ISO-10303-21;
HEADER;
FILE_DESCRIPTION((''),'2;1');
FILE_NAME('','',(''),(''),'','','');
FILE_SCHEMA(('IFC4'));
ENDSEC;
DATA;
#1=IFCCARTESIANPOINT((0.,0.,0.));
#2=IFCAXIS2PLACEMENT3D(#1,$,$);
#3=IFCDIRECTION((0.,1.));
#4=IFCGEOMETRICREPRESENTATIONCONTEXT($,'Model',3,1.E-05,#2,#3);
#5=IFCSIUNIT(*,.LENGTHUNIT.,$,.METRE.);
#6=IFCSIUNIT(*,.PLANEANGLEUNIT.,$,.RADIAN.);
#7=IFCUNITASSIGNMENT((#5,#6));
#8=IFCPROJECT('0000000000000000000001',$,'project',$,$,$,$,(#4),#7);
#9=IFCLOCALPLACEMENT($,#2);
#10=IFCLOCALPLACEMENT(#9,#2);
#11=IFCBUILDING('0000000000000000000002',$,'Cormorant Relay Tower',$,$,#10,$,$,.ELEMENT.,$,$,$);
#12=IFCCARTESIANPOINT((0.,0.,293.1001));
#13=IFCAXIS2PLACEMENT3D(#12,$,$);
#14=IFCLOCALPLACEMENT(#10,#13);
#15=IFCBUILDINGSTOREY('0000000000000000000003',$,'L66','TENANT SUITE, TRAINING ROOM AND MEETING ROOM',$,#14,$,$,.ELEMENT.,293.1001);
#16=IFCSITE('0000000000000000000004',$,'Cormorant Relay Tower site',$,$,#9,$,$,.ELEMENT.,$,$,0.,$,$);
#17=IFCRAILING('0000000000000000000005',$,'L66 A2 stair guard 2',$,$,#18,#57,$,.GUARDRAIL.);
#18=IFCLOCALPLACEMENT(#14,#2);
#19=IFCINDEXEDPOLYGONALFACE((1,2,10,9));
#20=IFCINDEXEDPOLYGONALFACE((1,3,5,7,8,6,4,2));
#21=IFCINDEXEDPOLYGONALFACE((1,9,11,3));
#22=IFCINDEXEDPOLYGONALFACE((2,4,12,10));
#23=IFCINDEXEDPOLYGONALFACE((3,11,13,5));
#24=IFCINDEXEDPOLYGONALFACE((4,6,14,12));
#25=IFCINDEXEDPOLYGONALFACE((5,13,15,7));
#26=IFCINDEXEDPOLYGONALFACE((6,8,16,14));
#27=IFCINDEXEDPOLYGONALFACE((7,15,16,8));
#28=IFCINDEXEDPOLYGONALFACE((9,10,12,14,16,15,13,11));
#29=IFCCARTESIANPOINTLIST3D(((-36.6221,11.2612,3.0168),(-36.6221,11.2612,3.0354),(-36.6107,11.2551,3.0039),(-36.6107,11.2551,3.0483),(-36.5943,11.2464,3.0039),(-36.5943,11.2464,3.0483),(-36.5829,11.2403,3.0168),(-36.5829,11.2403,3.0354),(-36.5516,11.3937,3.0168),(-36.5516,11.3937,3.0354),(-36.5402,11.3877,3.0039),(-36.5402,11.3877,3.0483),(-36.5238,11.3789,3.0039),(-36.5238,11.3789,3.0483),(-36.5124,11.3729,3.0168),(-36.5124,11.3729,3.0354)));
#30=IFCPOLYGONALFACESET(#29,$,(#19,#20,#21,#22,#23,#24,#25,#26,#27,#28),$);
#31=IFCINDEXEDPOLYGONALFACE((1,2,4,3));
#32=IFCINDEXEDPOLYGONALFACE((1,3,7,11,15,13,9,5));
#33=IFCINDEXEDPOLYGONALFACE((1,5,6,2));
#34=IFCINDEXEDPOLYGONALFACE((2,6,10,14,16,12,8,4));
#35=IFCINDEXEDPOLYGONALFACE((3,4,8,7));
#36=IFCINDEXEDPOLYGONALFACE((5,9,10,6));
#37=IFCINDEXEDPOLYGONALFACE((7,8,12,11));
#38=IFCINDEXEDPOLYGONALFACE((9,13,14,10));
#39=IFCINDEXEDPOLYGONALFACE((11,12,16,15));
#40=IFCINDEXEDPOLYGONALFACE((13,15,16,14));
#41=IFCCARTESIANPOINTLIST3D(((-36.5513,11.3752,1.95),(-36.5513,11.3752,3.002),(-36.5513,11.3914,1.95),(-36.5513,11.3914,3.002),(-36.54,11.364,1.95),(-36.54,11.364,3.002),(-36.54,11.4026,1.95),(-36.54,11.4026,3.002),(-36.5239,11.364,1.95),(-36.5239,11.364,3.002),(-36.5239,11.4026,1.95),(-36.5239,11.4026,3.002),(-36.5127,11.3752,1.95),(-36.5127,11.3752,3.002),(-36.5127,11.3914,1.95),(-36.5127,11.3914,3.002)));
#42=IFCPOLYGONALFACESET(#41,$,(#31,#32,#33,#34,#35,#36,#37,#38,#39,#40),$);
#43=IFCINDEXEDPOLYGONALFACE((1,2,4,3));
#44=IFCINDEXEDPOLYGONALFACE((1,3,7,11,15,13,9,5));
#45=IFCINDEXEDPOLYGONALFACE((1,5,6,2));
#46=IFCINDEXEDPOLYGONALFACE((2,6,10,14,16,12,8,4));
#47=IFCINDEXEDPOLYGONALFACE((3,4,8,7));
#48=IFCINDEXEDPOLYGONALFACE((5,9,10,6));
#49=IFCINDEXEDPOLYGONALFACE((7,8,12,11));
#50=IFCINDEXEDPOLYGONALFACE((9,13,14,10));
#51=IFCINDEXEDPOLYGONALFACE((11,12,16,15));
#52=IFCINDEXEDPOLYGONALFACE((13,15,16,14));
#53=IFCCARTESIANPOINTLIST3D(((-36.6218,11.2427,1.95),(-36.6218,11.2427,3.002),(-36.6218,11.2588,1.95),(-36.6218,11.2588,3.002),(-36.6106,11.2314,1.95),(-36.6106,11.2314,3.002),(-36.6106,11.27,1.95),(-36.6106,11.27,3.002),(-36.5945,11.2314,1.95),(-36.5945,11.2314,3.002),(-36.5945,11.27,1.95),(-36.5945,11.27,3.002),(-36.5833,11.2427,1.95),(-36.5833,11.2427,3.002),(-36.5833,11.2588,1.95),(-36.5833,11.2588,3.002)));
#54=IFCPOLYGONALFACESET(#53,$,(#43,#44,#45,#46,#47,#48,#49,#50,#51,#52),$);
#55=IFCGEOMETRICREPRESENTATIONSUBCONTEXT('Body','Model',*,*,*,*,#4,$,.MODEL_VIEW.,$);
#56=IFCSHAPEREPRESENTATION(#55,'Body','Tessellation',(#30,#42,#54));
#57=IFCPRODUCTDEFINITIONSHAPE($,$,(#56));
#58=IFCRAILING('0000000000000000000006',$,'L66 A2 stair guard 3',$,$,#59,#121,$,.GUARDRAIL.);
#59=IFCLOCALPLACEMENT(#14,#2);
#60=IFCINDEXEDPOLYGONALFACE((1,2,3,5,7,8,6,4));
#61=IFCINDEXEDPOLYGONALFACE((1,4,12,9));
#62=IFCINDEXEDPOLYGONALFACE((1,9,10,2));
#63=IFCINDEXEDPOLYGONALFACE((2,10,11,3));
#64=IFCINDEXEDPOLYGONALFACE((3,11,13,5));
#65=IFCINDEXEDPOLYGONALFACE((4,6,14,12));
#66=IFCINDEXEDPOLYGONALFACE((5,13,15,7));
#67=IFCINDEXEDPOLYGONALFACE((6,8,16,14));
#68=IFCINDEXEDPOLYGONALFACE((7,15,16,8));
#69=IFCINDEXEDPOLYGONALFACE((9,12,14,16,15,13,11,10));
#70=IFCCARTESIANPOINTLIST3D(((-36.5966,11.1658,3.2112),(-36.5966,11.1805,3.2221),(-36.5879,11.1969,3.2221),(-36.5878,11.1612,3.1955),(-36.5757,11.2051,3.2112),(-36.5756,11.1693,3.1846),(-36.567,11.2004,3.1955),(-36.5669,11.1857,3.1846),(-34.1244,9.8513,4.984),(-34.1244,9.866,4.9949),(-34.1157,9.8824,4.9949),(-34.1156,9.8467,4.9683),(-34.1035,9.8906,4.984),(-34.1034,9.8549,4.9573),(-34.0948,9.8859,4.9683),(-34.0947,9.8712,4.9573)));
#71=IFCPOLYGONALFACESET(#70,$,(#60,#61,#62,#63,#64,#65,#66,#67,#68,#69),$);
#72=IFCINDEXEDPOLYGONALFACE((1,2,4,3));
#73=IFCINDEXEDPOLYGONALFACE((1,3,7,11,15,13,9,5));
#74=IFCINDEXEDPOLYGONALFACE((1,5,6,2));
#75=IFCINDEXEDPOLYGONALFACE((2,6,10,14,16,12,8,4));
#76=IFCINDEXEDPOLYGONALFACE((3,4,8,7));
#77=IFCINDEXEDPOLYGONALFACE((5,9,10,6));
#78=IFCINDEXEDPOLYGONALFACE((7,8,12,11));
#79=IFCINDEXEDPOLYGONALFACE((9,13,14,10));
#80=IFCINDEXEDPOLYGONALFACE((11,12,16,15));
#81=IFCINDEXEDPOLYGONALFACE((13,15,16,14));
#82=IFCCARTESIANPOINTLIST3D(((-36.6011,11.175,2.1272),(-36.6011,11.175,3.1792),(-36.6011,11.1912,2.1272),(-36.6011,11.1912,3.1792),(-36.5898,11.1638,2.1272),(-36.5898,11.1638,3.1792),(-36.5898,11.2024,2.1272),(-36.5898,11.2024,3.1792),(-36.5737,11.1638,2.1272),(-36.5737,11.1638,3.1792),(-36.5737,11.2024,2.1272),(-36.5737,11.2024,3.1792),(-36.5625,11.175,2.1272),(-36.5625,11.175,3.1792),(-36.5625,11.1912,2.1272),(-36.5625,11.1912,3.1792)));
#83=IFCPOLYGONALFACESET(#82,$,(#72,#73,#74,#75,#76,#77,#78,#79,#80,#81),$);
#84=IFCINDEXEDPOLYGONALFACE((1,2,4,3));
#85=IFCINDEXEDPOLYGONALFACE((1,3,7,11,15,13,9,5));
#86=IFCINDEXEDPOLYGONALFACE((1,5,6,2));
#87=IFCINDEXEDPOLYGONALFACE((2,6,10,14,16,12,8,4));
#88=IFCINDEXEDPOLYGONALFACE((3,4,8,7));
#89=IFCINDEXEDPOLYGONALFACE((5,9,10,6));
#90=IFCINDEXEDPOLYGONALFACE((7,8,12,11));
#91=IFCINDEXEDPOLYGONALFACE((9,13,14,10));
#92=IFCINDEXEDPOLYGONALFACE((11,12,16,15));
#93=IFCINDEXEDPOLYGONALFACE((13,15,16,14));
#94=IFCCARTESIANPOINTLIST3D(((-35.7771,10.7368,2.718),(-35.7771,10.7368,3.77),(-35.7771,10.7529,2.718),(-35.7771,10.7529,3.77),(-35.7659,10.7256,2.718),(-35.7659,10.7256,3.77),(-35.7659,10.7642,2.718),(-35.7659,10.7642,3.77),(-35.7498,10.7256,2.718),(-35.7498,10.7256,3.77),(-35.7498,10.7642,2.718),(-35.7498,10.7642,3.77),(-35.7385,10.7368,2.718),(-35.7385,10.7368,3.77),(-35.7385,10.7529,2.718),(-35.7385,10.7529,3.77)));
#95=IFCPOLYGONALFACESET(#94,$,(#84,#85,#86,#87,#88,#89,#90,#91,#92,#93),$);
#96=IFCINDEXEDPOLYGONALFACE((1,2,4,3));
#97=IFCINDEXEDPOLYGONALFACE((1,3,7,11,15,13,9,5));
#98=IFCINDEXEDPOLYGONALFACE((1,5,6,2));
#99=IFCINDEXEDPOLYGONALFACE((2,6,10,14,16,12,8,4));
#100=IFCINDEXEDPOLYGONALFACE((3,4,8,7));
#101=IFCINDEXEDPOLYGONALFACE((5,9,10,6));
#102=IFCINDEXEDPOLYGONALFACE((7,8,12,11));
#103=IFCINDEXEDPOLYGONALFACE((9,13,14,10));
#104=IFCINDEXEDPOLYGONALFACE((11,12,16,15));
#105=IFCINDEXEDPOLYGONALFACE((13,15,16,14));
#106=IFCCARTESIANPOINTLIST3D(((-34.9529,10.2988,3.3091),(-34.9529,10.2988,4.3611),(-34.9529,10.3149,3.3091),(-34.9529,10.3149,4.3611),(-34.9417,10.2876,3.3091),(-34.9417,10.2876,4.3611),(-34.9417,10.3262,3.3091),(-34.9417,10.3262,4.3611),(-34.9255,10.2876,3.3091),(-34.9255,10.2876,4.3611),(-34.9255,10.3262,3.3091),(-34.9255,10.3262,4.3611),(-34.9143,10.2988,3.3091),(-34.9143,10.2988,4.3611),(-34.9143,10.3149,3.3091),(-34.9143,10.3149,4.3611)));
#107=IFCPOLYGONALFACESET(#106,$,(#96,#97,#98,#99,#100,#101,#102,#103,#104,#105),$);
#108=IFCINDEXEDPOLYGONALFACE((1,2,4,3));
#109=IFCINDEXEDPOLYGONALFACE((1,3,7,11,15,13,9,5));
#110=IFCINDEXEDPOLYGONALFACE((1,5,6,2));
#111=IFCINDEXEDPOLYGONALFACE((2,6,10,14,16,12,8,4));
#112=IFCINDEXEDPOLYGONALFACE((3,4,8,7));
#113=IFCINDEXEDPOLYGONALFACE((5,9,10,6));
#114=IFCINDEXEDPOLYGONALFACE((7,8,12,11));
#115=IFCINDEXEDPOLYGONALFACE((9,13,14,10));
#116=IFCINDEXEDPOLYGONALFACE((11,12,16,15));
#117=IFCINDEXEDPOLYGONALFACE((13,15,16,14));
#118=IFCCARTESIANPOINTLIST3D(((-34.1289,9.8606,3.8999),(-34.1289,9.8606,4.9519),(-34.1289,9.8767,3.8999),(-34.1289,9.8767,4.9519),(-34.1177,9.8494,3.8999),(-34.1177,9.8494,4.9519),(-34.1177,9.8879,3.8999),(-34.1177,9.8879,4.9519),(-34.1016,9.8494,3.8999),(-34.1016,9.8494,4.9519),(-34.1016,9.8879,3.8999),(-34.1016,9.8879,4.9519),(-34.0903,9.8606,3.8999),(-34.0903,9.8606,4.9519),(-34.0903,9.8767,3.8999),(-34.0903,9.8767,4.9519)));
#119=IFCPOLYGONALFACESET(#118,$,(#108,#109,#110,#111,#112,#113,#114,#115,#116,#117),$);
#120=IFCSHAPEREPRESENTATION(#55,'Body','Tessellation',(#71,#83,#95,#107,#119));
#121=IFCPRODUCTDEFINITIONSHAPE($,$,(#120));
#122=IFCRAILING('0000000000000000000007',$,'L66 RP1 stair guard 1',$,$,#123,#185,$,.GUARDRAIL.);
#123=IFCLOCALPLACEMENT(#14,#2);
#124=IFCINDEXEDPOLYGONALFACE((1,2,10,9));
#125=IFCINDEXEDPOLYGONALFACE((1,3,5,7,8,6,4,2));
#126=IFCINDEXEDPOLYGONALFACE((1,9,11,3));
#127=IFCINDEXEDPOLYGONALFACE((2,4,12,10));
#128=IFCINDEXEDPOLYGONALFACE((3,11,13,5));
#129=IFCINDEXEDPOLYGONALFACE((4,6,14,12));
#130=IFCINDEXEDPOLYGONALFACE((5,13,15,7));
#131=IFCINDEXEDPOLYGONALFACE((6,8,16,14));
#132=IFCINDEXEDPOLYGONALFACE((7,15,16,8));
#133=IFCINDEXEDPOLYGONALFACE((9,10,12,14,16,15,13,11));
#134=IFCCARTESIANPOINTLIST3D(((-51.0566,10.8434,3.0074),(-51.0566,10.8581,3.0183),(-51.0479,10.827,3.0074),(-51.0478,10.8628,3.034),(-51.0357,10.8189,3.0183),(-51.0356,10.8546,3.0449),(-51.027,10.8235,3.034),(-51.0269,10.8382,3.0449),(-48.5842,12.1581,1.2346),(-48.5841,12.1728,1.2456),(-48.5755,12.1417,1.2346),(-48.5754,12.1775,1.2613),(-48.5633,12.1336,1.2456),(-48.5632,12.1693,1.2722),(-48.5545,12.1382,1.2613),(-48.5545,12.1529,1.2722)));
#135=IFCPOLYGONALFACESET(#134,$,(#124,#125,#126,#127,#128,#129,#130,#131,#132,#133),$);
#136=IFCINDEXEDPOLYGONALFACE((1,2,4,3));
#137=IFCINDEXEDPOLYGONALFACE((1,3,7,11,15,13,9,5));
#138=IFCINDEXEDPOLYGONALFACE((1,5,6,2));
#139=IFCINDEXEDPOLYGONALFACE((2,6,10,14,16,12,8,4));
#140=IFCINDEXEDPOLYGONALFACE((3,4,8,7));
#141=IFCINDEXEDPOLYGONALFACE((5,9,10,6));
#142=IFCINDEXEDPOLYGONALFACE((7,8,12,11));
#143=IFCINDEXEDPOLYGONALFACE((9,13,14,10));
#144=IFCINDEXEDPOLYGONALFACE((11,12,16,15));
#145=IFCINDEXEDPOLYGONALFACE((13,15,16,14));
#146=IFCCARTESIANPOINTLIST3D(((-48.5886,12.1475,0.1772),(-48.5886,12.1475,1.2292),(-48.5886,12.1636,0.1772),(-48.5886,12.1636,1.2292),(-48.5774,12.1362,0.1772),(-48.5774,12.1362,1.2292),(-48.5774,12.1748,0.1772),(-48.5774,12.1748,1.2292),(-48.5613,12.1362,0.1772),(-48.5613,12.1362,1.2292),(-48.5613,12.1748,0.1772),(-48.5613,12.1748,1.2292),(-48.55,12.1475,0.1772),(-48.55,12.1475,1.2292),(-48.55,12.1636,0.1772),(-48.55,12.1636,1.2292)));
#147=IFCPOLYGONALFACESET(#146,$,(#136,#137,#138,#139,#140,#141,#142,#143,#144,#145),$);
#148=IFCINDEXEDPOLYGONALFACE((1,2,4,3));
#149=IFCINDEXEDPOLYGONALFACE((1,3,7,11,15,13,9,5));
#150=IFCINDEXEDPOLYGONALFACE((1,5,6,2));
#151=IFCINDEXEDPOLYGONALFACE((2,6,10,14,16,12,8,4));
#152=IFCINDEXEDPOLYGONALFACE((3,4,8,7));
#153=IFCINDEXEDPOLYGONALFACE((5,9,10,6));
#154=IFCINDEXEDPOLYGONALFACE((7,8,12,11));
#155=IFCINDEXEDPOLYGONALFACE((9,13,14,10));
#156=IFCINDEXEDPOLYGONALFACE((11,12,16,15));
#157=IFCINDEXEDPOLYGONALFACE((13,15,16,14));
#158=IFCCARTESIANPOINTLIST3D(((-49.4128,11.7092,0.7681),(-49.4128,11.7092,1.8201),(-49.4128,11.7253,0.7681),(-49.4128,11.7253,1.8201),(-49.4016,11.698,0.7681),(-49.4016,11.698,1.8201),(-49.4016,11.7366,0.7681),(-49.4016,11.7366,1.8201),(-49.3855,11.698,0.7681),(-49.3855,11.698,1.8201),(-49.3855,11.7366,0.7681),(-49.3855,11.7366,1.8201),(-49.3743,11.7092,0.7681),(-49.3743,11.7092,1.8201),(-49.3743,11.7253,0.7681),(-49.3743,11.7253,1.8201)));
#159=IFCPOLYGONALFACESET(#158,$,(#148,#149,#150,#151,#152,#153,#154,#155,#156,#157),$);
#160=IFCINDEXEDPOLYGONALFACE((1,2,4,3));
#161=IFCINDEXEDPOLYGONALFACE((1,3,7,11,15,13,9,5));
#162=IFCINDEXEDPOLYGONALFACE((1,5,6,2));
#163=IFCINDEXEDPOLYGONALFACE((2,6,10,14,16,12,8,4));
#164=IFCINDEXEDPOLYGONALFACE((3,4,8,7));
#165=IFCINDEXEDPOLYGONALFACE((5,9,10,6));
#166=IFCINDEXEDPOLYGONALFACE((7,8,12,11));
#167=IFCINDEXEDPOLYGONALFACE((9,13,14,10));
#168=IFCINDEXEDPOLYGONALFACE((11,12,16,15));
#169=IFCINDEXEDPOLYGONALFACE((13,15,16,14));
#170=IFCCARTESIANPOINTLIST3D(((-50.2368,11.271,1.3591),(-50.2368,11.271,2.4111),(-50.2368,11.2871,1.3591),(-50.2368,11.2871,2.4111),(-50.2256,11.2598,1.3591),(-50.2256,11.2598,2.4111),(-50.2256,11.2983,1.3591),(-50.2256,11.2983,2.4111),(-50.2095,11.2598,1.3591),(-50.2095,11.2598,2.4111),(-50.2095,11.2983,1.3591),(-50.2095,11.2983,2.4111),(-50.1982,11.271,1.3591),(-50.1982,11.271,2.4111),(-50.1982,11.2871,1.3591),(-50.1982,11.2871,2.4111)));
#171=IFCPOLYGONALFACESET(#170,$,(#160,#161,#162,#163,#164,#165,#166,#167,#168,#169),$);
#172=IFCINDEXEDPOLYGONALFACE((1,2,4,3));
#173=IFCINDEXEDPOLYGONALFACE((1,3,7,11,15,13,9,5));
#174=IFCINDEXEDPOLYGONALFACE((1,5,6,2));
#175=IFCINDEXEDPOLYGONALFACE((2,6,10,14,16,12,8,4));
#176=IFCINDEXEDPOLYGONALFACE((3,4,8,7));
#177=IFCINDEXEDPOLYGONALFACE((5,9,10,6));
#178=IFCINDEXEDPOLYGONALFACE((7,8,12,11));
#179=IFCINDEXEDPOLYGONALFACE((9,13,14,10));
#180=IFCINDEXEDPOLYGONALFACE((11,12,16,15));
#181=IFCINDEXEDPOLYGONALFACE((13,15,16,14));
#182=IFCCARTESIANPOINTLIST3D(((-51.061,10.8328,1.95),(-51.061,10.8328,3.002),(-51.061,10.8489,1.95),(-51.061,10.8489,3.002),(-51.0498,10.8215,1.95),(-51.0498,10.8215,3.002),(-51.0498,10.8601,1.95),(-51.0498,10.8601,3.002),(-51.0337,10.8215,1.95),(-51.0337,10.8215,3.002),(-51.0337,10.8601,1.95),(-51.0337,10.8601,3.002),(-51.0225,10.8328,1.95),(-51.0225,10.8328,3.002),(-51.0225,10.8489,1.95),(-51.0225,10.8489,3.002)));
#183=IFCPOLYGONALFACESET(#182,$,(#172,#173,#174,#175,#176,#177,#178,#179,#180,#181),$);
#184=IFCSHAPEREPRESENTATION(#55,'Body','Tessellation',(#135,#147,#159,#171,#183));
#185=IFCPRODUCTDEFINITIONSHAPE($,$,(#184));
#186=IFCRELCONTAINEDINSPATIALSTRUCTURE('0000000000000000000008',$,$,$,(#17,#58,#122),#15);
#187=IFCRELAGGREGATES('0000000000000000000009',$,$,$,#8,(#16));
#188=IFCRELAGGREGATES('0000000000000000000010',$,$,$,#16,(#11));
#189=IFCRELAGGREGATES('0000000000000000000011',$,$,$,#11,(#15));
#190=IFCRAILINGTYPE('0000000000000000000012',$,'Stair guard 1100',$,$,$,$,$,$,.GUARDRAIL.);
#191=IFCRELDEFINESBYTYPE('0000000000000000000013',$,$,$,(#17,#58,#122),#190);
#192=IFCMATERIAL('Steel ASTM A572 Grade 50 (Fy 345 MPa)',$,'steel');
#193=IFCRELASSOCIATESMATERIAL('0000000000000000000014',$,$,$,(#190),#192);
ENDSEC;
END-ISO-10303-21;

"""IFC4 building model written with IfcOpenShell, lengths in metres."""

from ifc_helpers import new_model, si_unit, direction, frame, origin, place, context, subcontext, project, spatial, polyline, outline, extrude, material, type_object, element, save


model = new_model("IFC4")

# Units and contexts
model_context = context("Model", 3, precision=1e-05, world=origin(), true_north=direction((0.0, 1.0)))
body_context = subcontext(model_context, "Body", "Model", "MODEL_VIEW")
ifc_project = project(units=[si_unit("LENGTHUNIT", "METRE"), si_unit("PLANEANGLEUNIT", "RADIAN")], contexts=[model_context])

# Site, building, storey
site_placement = place(None, origin())
site = spatial("IfcSite", under=ifc_project, at=site_placement, Name="Cormorant Relay Tower site", CompositionType="ELEMENT", RefElevation=0.0)
building_placement = place(site_placement, origin())
building = spatial("IfcBuilding", under=site, at=building_placement, Name="Cormorant Relay Tower", CompositionType="ELEMENT")
storey_placement = place(building_placement, frame((0.0, 0.0, 293.1001)))
storey = spatial("IfcBuildingStorey", under=building, at=storey_placement, Name="L66", Description="TENANT SUITE, TRAINING ROOM AND MEETING ROOM", CompositionType="ELEMENT", Elevation=293.1001)

# Railings
ifc_material_1 = material(Name="Steel ASTM A572 Grade 50 (Fy 345 MPa)", Category="steel")
railing_type_1 = type_object("IfcRailingType", Name="Stair guard 1100", PredefinedType="GUARDRAIL", material=ifc_material_1)
railing_1_placement = place(storey_placement, frame((-36.532, 11.3833, 1.95)))
element("IfcRailing", 1, at=railing_1_placement, inside=storey, type_object=railing_type_1, Name="L66 A2 stair guard 2", PredefinedType="GUARDRAIL", context=body_context, shape_type="SweptSolid", body=[
    extrude(outline(polyline([(0.0222, 0.0093), (0.0093, 0.0222), (-0.0093, 0.0222), (-0.0222, 0.0093), (-0.0222, -0.0093), (-0.0093, -0.0222), (0.0093, -0.0222), (0.0222, -0.0093), (0.0222, 0.0093)])), frame((0.0, 0.0, 1.0762), z_axis=(-0.469829, -0.882758, 0.0), x_axis=(0.882758, -0.469829, 0.0)), (0.0, 0.0, 1.0), 0.1501),
    extrude(outline(polyline([(0.0193, 0.0081), (0.0081, 0.0193), (-0.0081, 0.0193), (-0.0193, 0.0081), (-0.0193, -0.0081), (-0.0081, -0.0193), (0.0081, -0.0193), (0.0193, -0.0081), (0.0193, 0.0081)])), origin(), (0.0, 0.0, 1.0), 1.052),
    extrude(outline(polyline([(0.0193, 0.0081), (0.0081, 0.0193), (-0.0081, 0.0193), (-0.0193, 0.0081), (-0.0193, -0.0081), (-0.0081, -0.0193), (0.0081, -0.0193), (0.0193, -0.0081), (0.0193, 0.0081)])), frame((-0.0706, -0.1326, 0.0)), (0.0, 0.0, 1.0), 1.052),
])
railing_2_placement = place(storey_placement, frame((-36.5818, 11.1831, 2.1272)))
element("IfcRailing", 2, at=railing_2_placement, inside=storey, type_object=railing_type_1, Name="L66 A2 stair guard 3", PredefinedType="GUARDRAIL", context=body_context, shape_type="SweptSolid", body=[
    extrude(outline(polyline([(0.0222, 0.0093), (0.0093, 0.0222), (-0.0093, 0.0222), (-0.0222, 0.0093), (-0.0222, -0.0093), (-0.0093, -0.0222), (0.0093, -0.0222), (0.0222, -0.0093), (0.0222, 0.0093)])), frame((0.0, 0.0, 1.0762), z_axis=(0.746001, -0.396649, 0.534931), x_axis=(0.469465, 0.882951, 0.0)), (0.0, 0.0, 1.0), 3.314),
    extrude(outline(polyline([(0.0193, 0.0081), (0.0081, 0.0193), (-0.0081, 0.0193), (-0.0193, 0.0081), (-0.0193, -0.0081), (-0.0081, -0.0193), (0.0081, -0.0193), (0.0193, -0.0081), (0.0193, 0.0081)])), origin(), (0.0, 0.0, 1.0), 1.052),
    extrude(outline(polyline([(0.0193, 0.0081), (0.0081, 0.0193), (-0.0081, 0.0193), (-0.0193, 0.0081), (-0.0193, -0.0081), (-0.0081, -0.0193), (0.0081, -0.0193), (0.0193, -0.0081), (0.0193, 0.0081)])), frame((0.824, -0.4382, 0.5908)), (0.0, 0.0, 1.0), 1.052),
    extrude(outline(polyline([(0.0193, 0.0081), (0.0081, 0.0193), (-0.0081, 0.0193), (-0.0193, 0.0081), (-0.0193, -0.0081), (-0.0081, -0.0193), (0.0081, -0.0193), (0.0193, -0.0081), (0.0193, 0.0081)])), frame((1.6482, -0.8762, 1.1819)), (0.0, 0.0, 1.0), 1.052),
    extrude(outline(polyline([(0.0193, 0.0081), (0.0081, 0.0193), (-0.0081, 0.0193), (-0.0193, 0.0081), (-0.0193, -0.0081), (-0.0081, -0.0193), (0.0081, -0.0193), (0.0193, -0.0081), (0.0193, 0.0081)])), frame((2.4722, -1.3145, 1.7727)), (0.0, 0.0, 1.0), 1.052),
])
railing_3_placement = place(storey_placement, frame((-48.5693, 12.1555, 0.1772)))
element("IfcRailing", 3, at=railing_3_placement, inside=storey, type_object=railing_type_1, Name="L66 RP1 stair guard 1", PredefinedType="GUARDRAIL", context=body_context, shape_type="SweptSolid", body=[
    extrude(outline(polyline([(0.0222, 0.0093), (0.0093, 0.0222), (-0.0093, 0.0222), (-0.0222, 0.0093), (-0.0222, -0.0093), (-0.0093, -0.0222), (0.0093, -0.0222), (0.0222, -0.0093), (0.0222, 0.0093)])), frame((0.0, 0.0, 1.0762), z_axis=(-0.746012, -0.39669, 0.534886), x_axis=(0.469497, -0.882934, 0.0)), (0.0, 0.0, 1.0), 3.3142),
    extrude(outline(polyline([(0.0193, 0.0081), (0.0081, 0.0193), (-0.0081, 0.0193), (-0.0193, 0.0081), (-0.0193, -0.0081), (-0.0081, -0.0193), (0.0081, -0.0193), (0.0193, -0.0081), (0.0193, 0.0081)])), origin(), (0.0, 0.0, 1.0), 1.052),
    extrude(outline(polyline([(0.0193, 0.0081), (0.0081, 0.0193), (-0.0081, 0.0193), (-0.0193, 0.0081), (-0.0193, -0.0081), (-0.0081, -0.0193), (0.0081, -0.0193), (0.0193, -0.0081), (0.0193, 0.0081)])), frame((-0.8242, -0.4382, 0.5908)), (0.0, 0.0, 1.0), 1.052),
    extrude(outline(polyline([(0.0193, 0.0081), (0.0081, 0.0193), (-0.0081, 0.0193), (-0.0193, 0.0081), (-0.0193, -0.0081), (-0.0081, -0.0193), (0.0081, -0.0193), (0.0193, -0.0081), (0.0193, 0.0081)])), frame((-1.6482, -0.8765, 1.1819)), (0.0, 0.0, 1.0), 1.052),
    extrude(outline(polyline([(0.0193, 0.0081), (0.0081, 0.0193), (-0.0081, 0.0193), (-0.0193, 0.0081), (-0.0193, -0.0081), (-0.0081, -0.0193), (0.0081, -0.0193), (0.0193, -0.0081), (0.0193, 0.0081)])), frame((-2.4724, -1.3147, 1.7727)), (0.0, 0.0, 1.0), 1.052),
])

save(model, "model.ifc")
